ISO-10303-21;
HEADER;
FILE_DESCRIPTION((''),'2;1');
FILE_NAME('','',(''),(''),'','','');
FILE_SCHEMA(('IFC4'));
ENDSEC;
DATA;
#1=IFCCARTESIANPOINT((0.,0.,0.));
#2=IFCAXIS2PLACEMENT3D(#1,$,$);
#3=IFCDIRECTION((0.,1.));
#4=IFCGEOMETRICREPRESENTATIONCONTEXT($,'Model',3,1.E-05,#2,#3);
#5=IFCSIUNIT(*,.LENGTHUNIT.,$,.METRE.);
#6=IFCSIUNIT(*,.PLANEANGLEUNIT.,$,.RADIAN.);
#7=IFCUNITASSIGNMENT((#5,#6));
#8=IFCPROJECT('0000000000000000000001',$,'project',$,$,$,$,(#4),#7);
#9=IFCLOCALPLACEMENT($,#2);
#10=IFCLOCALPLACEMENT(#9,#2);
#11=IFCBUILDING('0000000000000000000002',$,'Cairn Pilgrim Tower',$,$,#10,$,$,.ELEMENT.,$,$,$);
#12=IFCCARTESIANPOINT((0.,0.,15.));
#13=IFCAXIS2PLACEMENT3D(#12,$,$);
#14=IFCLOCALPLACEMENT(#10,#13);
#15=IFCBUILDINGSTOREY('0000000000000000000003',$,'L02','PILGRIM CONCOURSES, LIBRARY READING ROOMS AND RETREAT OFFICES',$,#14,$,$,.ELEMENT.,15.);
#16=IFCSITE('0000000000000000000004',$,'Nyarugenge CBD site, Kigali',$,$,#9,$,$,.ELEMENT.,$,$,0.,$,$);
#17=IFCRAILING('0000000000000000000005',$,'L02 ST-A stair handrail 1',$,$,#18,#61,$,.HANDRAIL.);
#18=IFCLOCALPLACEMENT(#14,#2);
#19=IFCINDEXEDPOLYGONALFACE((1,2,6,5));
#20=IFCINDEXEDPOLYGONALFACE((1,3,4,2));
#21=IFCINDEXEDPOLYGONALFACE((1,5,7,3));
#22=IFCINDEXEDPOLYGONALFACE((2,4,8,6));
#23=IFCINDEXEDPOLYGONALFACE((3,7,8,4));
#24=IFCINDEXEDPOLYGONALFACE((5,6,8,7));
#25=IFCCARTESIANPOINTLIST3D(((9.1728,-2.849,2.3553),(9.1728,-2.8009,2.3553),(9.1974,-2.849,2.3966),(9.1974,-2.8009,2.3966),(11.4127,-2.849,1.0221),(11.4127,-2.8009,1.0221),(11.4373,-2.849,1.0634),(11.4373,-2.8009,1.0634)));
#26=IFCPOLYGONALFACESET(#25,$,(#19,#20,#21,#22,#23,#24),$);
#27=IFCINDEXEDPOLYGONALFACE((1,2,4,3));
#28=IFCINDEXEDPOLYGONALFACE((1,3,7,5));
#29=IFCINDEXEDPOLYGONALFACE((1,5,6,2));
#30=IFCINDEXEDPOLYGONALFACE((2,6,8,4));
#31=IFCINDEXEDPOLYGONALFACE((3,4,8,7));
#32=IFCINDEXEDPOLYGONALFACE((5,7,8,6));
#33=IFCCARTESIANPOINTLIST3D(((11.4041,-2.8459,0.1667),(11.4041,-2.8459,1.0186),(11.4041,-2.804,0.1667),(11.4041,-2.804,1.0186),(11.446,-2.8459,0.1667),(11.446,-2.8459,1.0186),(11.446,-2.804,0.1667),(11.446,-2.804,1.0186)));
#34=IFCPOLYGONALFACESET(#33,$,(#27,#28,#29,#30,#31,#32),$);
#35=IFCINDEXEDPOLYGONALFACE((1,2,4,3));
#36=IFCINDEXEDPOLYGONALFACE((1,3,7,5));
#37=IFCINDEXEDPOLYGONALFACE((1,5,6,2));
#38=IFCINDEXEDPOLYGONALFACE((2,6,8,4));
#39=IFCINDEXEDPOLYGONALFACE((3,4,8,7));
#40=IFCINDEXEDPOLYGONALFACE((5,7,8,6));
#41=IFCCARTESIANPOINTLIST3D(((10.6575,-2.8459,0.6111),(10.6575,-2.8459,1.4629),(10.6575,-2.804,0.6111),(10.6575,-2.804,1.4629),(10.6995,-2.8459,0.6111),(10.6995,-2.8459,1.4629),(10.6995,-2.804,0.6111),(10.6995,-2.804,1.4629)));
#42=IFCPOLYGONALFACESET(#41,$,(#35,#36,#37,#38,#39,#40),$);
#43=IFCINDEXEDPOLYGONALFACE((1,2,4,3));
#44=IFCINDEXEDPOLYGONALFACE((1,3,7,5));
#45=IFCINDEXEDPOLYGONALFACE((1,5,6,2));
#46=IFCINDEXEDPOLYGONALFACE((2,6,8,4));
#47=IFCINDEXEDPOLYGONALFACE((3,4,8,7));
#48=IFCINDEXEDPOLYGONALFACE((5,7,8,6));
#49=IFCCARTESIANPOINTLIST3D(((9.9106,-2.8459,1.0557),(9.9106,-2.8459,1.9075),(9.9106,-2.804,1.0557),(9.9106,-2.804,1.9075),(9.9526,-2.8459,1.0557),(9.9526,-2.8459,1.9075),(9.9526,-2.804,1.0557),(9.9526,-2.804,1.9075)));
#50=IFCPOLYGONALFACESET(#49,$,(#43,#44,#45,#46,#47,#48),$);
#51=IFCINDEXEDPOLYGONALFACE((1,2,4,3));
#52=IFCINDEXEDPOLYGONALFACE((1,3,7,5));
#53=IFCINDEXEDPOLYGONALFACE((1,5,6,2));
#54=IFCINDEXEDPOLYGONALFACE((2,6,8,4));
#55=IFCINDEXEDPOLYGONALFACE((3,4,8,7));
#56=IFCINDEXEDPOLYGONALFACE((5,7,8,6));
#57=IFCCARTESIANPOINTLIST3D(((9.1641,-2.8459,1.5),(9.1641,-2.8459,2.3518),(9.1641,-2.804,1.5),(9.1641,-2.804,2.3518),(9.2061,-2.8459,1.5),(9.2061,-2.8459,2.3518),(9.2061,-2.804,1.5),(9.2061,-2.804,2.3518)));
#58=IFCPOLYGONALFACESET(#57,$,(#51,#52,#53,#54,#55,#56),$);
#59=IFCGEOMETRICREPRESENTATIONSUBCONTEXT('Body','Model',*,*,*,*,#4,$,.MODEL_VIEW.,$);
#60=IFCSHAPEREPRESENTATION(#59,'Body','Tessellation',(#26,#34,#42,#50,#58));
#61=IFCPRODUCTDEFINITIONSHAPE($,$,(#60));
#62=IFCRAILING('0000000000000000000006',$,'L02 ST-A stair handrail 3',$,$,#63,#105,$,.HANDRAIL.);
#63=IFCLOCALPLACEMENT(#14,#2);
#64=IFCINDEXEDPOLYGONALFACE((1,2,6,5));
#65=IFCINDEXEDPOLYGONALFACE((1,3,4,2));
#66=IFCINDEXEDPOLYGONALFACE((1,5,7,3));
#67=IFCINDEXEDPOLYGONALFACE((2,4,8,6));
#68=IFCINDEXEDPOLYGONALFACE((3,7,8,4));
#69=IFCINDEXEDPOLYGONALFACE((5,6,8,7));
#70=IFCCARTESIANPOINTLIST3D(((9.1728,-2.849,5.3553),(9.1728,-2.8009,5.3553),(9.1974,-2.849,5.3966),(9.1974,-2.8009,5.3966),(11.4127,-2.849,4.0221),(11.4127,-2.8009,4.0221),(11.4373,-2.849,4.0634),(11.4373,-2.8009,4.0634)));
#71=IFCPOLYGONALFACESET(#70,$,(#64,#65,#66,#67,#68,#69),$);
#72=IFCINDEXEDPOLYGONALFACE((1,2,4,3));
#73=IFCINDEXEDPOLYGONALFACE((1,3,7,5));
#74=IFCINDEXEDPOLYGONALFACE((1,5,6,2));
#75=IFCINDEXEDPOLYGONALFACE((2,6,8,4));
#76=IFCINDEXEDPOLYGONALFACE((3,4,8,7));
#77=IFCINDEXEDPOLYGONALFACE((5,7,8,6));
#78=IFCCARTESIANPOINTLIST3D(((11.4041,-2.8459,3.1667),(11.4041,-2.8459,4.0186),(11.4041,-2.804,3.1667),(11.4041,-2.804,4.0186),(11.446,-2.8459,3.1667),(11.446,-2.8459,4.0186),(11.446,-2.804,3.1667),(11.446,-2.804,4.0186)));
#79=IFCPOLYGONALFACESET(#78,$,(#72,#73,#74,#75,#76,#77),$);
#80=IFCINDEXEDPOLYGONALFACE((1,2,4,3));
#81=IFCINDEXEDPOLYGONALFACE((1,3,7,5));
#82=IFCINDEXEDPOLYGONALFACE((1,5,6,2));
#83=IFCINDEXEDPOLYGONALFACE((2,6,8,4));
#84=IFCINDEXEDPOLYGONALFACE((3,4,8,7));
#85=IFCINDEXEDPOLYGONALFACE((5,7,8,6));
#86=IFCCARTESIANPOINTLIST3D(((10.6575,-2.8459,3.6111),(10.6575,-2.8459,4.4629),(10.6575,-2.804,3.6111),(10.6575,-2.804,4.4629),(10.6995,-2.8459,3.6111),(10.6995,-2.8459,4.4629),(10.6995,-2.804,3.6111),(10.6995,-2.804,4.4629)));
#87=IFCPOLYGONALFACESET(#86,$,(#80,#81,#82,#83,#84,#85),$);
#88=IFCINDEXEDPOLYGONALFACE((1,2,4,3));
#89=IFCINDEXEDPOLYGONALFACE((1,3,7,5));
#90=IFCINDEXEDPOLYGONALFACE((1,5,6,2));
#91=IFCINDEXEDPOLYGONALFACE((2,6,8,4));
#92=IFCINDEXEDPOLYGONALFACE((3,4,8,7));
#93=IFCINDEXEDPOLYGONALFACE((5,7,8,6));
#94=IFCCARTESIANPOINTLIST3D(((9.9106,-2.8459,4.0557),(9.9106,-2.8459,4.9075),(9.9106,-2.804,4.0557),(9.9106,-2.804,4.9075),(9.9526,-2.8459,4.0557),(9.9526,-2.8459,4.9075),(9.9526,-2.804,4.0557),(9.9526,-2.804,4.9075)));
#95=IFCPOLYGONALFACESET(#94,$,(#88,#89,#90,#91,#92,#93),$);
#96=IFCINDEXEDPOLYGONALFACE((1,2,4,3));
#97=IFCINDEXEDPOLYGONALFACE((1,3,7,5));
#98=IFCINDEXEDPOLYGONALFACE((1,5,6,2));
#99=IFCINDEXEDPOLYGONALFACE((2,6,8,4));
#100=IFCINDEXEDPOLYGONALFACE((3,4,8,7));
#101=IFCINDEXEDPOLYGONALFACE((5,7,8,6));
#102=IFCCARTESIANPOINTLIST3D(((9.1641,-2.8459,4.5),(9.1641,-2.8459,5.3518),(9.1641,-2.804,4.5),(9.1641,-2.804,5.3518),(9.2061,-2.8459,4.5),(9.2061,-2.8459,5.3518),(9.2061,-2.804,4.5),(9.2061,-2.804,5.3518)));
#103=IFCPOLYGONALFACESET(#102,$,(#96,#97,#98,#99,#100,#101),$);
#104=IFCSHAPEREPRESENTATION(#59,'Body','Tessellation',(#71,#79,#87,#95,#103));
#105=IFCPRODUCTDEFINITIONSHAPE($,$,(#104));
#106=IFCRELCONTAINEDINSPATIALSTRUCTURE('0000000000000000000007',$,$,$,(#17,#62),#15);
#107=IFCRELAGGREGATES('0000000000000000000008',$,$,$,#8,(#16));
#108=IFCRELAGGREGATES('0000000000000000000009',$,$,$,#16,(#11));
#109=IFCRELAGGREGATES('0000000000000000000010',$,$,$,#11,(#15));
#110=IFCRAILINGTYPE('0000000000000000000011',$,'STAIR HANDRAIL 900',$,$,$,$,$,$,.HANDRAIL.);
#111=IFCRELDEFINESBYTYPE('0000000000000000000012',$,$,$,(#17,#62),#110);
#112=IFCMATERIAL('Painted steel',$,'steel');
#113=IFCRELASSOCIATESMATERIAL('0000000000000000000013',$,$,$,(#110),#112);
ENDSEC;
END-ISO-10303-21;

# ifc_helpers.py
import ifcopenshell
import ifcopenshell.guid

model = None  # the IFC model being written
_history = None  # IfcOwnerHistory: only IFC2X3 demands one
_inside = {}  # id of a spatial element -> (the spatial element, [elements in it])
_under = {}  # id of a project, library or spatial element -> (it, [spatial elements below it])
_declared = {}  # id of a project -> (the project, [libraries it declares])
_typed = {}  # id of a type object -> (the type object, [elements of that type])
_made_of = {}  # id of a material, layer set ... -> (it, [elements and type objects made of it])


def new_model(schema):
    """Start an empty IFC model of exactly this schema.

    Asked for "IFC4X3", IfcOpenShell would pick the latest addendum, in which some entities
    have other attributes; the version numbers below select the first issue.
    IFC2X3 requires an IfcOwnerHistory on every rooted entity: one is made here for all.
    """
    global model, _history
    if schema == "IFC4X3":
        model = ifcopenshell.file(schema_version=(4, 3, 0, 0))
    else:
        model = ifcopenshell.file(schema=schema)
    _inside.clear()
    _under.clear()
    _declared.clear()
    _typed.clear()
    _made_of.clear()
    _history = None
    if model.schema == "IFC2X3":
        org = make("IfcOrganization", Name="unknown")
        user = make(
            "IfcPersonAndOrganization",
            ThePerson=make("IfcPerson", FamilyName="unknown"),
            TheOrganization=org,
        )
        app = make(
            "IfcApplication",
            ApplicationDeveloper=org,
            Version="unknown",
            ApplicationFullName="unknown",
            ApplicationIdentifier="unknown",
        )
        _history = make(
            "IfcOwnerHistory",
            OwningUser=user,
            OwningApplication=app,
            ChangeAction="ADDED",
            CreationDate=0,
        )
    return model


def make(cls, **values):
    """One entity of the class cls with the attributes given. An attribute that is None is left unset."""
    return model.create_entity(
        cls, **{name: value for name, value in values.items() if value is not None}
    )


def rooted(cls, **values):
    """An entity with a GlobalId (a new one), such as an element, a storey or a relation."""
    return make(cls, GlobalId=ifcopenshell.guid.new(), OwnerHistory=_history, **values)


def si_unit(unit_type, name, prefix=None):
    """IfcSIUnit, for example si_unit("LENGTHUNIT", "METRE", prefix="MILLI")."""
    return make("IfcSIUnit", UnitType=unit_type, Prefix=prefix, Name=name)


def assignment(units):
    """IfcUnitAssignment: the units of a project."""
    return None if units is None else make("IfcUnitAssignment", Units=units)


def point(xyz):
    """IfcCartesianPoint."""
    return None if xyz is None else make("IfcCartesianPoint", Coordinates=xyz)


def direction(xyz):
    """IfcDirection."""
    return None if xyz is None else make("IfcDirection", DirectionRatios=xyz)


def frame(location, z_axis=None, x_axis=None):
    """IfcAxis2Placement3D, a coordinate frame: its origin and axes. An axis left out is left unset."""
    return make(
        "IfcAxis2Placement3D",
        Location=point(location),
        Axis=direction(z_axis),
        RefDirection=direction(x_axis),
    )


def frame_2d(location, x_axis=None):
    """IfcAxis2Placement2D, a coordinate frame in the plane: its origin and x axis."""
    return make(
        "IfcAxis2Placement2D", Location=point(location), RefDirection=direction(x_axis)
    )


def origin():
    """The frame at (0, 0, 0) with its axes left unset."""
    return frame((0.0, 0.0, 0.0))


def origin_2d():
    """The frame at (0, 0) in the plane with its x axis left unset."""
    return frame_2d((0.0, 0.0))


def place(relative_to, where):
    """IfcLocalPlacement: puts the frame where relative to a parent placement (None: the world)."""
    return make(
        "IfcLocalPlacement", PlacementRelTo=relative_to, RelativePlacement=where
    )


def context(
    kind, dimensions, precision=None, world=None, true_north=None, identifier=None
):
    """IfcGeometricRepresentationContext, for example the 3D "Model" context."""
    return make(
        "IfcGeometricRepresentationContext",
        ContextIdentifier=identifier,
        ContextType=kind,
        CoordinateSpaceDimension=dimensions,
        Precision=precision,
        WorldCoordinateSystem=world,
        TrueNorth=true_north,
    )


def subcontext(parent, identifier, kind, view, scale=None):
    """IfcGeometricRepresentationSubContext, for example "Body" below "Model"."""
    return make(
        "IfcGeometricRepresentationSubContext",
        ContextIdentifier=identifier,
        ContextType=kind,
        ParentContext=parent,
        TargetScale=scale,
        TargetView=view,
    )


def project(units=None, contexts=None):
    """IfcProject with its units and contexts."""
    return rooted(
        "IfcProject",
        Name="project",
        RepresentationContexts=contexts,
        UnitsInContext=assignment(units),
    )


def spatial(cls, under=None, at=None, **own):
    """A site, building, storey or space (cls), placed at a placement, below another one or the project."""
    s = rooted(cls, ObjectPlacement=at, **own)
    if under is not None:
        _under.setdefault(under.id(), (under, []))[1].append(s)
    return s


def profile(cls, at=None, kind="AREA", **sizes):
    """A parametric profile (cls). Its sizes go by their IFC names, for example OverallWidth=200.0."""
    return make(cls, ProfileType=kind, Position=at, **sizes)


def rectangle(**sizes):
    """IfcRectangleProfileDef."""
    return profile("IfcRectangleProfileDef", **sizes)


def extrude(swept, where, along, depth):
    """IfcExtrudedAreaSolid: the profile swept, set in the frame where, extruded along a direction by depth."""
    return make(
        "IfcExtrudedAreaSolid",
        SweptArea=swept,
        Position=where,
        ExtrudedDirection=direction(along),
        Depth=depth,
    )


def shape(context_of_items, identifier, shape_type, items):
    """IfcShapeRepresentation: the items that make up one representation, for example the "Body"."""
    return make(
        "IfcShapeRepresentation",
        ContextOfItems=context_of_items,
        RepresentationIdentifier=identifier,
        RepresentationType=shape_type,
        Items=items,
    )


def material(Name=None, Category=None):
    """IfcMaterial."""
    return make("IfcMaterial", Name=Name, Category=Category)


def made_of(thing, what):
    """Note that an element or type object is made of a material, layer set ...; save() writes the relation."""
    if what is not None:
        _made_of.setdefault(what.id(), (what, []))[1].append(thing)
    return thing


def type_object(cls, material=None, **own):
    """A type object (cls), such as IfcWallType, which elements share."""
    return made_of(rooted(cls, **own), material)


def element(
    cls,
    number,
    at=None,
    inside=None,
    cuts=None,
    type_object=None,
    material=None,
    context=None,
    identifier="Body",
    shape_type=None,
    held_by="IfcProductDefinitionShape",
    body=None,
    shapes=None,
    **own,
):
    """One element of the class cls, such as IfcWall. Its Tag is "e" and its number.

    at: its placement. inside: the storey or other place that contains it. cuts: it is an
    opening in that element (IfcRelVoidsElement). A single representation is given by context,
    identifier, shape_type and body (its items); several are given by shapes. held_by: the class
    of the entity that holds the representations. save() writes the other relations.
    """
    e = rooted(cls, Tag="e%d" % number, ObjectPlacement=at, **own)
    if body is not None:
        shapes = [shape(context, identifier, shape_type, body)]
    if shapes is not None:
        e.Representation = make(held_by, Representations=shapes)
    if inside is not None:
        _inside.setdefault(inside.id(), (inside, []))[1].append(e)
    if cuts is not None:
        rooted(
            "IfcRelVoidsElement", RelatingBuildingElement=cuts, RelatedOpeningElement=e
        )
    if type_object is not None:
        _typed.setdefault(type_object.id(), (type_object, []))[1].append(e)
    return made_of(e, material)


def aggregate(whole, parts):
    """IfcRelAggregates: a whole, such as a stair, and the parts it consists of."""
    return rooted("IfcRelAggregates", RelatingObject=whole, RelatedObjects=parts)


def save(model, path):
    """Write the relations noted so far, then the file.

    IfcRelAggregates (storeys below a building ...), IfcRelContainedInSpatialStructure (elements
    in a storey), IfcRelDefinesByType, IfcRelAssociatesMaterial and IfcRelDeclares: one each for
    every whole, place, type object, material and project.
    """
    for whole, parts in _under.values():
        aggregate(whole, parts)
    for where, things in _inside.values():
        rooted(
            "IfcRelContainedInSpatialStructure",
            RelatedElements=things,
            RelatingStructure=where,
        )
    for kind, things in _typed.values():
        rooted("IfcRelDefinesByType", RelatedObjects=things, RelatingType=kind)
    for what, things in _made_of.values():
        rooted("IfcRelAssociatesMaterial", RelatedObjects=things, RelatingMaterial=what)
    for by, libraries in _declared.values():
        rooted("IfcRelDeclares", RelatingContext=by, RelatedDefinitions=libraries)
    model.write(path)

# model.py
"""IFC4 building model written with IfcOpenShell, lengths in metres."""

from ifc_helpers import new_model, si_unit, direction, frame, origin, origin_2d, place, context, subcontext, project, spatial, rectangle, extrude, material, type_object, element, save


model = new_model("IFC4")

# Units and contexts
model_context = context("Model", 3, precision=1e-05, world=origin(), true_north=direction((0.0, 1.0)))
body_context = subcontext(model_context, "Body", "Model", "MODEL_VIEW")
ifc_project = project(units=[si_unit("LENGTHUNIT", "METRE"), si_unit("PLANEANGLEUNIT", "RADIAN")], contexts=[model_context])

# Site, building, storey
site_placement = place(None, origin())
site = spatial("IfcSite", under=ifc_project, at=site_placement, Name="Nyarugenge CBD site, Kigali", CompositionType="ELEMENT", RefElevation=0.0)
building_placement = place(site_placement, origin())
building = spatial("IfcBuilding", under=site, at=building_placement, Name="Cairn Pilgrim Tower", CompositionType="ELEMENT")
storey_placement = place(building_placement, frame((0.0, 0.0, 15.0)))
storey = spatial("IfcBuildingStorey", under=building, at=storey_placement, Name="L02", Description="PILGRIM CONCOURSES, LIBRARY READING ROOMS AND RETREAT OFFICES", CompositionType="ELEMENT", Elevation=15.0)

# Shared definitions
ifc_material_1 = material(Name="Painted steel", Category="steel")

# Railings
railing_type_1 = type_object("IfcRailingType", Name="STAIR HANDRAIL 900", PredefinedType="HANDRAIL", material=ifc_material_1)
for number, where, name in (
    (1, (11.425, -2.825, 0.1667), "L02 ST-A stair handrail 1"),
    (2, (11.425, -2.825, 3.1667), "L02 ST-A stair handrail 3"),
):
    element("IfcRailing", number, at=place(storey_placement, frame(where)), inside=storey, type_object=railing_type_1, Name=name, PredefinedType="HANDRAIL", context=body_context, shape_type="SweptSolid", body=[
        extrude(rectangle(XDim=0.0481, YDim=0.0481, at=origin_2d()), frame((0.0, 0.0, 0.876), z_axis=(-0.859306, 0.0, 0.511462), x_axis=(0.0, -1.0, 0.0)), (0.0, 0.0, 1.0), 2.6067),
        extrude(rectangle(XDim=0.042, YDim=0.042, at=origin_2d()), origin(), (0.0, 0.0, 1.0), 0.8518),
        extrude(rectangle(XDim=0.042, YDim=0.042, at=origin_2d()), frame((-0.7466, 0.0, 0.4443)), (0.0, 0.0, 1.0), 0.8518),
        extrude(rectangle(XDim=0.042, YDim=0.042, at=origin_2d()), frame((-1.4934, 0.0, 0.8889)), (0.0, 0.0, 1.0), 0.8518),
        extrude(rectangle(XDim=0.042, YDim=0.042, at=origin_2d()), frame((-2.24, 0.0, 1.3333)), (0.0, 0.0, 1.0), 0.8518),
    ])

save(model, "model.ifc")
